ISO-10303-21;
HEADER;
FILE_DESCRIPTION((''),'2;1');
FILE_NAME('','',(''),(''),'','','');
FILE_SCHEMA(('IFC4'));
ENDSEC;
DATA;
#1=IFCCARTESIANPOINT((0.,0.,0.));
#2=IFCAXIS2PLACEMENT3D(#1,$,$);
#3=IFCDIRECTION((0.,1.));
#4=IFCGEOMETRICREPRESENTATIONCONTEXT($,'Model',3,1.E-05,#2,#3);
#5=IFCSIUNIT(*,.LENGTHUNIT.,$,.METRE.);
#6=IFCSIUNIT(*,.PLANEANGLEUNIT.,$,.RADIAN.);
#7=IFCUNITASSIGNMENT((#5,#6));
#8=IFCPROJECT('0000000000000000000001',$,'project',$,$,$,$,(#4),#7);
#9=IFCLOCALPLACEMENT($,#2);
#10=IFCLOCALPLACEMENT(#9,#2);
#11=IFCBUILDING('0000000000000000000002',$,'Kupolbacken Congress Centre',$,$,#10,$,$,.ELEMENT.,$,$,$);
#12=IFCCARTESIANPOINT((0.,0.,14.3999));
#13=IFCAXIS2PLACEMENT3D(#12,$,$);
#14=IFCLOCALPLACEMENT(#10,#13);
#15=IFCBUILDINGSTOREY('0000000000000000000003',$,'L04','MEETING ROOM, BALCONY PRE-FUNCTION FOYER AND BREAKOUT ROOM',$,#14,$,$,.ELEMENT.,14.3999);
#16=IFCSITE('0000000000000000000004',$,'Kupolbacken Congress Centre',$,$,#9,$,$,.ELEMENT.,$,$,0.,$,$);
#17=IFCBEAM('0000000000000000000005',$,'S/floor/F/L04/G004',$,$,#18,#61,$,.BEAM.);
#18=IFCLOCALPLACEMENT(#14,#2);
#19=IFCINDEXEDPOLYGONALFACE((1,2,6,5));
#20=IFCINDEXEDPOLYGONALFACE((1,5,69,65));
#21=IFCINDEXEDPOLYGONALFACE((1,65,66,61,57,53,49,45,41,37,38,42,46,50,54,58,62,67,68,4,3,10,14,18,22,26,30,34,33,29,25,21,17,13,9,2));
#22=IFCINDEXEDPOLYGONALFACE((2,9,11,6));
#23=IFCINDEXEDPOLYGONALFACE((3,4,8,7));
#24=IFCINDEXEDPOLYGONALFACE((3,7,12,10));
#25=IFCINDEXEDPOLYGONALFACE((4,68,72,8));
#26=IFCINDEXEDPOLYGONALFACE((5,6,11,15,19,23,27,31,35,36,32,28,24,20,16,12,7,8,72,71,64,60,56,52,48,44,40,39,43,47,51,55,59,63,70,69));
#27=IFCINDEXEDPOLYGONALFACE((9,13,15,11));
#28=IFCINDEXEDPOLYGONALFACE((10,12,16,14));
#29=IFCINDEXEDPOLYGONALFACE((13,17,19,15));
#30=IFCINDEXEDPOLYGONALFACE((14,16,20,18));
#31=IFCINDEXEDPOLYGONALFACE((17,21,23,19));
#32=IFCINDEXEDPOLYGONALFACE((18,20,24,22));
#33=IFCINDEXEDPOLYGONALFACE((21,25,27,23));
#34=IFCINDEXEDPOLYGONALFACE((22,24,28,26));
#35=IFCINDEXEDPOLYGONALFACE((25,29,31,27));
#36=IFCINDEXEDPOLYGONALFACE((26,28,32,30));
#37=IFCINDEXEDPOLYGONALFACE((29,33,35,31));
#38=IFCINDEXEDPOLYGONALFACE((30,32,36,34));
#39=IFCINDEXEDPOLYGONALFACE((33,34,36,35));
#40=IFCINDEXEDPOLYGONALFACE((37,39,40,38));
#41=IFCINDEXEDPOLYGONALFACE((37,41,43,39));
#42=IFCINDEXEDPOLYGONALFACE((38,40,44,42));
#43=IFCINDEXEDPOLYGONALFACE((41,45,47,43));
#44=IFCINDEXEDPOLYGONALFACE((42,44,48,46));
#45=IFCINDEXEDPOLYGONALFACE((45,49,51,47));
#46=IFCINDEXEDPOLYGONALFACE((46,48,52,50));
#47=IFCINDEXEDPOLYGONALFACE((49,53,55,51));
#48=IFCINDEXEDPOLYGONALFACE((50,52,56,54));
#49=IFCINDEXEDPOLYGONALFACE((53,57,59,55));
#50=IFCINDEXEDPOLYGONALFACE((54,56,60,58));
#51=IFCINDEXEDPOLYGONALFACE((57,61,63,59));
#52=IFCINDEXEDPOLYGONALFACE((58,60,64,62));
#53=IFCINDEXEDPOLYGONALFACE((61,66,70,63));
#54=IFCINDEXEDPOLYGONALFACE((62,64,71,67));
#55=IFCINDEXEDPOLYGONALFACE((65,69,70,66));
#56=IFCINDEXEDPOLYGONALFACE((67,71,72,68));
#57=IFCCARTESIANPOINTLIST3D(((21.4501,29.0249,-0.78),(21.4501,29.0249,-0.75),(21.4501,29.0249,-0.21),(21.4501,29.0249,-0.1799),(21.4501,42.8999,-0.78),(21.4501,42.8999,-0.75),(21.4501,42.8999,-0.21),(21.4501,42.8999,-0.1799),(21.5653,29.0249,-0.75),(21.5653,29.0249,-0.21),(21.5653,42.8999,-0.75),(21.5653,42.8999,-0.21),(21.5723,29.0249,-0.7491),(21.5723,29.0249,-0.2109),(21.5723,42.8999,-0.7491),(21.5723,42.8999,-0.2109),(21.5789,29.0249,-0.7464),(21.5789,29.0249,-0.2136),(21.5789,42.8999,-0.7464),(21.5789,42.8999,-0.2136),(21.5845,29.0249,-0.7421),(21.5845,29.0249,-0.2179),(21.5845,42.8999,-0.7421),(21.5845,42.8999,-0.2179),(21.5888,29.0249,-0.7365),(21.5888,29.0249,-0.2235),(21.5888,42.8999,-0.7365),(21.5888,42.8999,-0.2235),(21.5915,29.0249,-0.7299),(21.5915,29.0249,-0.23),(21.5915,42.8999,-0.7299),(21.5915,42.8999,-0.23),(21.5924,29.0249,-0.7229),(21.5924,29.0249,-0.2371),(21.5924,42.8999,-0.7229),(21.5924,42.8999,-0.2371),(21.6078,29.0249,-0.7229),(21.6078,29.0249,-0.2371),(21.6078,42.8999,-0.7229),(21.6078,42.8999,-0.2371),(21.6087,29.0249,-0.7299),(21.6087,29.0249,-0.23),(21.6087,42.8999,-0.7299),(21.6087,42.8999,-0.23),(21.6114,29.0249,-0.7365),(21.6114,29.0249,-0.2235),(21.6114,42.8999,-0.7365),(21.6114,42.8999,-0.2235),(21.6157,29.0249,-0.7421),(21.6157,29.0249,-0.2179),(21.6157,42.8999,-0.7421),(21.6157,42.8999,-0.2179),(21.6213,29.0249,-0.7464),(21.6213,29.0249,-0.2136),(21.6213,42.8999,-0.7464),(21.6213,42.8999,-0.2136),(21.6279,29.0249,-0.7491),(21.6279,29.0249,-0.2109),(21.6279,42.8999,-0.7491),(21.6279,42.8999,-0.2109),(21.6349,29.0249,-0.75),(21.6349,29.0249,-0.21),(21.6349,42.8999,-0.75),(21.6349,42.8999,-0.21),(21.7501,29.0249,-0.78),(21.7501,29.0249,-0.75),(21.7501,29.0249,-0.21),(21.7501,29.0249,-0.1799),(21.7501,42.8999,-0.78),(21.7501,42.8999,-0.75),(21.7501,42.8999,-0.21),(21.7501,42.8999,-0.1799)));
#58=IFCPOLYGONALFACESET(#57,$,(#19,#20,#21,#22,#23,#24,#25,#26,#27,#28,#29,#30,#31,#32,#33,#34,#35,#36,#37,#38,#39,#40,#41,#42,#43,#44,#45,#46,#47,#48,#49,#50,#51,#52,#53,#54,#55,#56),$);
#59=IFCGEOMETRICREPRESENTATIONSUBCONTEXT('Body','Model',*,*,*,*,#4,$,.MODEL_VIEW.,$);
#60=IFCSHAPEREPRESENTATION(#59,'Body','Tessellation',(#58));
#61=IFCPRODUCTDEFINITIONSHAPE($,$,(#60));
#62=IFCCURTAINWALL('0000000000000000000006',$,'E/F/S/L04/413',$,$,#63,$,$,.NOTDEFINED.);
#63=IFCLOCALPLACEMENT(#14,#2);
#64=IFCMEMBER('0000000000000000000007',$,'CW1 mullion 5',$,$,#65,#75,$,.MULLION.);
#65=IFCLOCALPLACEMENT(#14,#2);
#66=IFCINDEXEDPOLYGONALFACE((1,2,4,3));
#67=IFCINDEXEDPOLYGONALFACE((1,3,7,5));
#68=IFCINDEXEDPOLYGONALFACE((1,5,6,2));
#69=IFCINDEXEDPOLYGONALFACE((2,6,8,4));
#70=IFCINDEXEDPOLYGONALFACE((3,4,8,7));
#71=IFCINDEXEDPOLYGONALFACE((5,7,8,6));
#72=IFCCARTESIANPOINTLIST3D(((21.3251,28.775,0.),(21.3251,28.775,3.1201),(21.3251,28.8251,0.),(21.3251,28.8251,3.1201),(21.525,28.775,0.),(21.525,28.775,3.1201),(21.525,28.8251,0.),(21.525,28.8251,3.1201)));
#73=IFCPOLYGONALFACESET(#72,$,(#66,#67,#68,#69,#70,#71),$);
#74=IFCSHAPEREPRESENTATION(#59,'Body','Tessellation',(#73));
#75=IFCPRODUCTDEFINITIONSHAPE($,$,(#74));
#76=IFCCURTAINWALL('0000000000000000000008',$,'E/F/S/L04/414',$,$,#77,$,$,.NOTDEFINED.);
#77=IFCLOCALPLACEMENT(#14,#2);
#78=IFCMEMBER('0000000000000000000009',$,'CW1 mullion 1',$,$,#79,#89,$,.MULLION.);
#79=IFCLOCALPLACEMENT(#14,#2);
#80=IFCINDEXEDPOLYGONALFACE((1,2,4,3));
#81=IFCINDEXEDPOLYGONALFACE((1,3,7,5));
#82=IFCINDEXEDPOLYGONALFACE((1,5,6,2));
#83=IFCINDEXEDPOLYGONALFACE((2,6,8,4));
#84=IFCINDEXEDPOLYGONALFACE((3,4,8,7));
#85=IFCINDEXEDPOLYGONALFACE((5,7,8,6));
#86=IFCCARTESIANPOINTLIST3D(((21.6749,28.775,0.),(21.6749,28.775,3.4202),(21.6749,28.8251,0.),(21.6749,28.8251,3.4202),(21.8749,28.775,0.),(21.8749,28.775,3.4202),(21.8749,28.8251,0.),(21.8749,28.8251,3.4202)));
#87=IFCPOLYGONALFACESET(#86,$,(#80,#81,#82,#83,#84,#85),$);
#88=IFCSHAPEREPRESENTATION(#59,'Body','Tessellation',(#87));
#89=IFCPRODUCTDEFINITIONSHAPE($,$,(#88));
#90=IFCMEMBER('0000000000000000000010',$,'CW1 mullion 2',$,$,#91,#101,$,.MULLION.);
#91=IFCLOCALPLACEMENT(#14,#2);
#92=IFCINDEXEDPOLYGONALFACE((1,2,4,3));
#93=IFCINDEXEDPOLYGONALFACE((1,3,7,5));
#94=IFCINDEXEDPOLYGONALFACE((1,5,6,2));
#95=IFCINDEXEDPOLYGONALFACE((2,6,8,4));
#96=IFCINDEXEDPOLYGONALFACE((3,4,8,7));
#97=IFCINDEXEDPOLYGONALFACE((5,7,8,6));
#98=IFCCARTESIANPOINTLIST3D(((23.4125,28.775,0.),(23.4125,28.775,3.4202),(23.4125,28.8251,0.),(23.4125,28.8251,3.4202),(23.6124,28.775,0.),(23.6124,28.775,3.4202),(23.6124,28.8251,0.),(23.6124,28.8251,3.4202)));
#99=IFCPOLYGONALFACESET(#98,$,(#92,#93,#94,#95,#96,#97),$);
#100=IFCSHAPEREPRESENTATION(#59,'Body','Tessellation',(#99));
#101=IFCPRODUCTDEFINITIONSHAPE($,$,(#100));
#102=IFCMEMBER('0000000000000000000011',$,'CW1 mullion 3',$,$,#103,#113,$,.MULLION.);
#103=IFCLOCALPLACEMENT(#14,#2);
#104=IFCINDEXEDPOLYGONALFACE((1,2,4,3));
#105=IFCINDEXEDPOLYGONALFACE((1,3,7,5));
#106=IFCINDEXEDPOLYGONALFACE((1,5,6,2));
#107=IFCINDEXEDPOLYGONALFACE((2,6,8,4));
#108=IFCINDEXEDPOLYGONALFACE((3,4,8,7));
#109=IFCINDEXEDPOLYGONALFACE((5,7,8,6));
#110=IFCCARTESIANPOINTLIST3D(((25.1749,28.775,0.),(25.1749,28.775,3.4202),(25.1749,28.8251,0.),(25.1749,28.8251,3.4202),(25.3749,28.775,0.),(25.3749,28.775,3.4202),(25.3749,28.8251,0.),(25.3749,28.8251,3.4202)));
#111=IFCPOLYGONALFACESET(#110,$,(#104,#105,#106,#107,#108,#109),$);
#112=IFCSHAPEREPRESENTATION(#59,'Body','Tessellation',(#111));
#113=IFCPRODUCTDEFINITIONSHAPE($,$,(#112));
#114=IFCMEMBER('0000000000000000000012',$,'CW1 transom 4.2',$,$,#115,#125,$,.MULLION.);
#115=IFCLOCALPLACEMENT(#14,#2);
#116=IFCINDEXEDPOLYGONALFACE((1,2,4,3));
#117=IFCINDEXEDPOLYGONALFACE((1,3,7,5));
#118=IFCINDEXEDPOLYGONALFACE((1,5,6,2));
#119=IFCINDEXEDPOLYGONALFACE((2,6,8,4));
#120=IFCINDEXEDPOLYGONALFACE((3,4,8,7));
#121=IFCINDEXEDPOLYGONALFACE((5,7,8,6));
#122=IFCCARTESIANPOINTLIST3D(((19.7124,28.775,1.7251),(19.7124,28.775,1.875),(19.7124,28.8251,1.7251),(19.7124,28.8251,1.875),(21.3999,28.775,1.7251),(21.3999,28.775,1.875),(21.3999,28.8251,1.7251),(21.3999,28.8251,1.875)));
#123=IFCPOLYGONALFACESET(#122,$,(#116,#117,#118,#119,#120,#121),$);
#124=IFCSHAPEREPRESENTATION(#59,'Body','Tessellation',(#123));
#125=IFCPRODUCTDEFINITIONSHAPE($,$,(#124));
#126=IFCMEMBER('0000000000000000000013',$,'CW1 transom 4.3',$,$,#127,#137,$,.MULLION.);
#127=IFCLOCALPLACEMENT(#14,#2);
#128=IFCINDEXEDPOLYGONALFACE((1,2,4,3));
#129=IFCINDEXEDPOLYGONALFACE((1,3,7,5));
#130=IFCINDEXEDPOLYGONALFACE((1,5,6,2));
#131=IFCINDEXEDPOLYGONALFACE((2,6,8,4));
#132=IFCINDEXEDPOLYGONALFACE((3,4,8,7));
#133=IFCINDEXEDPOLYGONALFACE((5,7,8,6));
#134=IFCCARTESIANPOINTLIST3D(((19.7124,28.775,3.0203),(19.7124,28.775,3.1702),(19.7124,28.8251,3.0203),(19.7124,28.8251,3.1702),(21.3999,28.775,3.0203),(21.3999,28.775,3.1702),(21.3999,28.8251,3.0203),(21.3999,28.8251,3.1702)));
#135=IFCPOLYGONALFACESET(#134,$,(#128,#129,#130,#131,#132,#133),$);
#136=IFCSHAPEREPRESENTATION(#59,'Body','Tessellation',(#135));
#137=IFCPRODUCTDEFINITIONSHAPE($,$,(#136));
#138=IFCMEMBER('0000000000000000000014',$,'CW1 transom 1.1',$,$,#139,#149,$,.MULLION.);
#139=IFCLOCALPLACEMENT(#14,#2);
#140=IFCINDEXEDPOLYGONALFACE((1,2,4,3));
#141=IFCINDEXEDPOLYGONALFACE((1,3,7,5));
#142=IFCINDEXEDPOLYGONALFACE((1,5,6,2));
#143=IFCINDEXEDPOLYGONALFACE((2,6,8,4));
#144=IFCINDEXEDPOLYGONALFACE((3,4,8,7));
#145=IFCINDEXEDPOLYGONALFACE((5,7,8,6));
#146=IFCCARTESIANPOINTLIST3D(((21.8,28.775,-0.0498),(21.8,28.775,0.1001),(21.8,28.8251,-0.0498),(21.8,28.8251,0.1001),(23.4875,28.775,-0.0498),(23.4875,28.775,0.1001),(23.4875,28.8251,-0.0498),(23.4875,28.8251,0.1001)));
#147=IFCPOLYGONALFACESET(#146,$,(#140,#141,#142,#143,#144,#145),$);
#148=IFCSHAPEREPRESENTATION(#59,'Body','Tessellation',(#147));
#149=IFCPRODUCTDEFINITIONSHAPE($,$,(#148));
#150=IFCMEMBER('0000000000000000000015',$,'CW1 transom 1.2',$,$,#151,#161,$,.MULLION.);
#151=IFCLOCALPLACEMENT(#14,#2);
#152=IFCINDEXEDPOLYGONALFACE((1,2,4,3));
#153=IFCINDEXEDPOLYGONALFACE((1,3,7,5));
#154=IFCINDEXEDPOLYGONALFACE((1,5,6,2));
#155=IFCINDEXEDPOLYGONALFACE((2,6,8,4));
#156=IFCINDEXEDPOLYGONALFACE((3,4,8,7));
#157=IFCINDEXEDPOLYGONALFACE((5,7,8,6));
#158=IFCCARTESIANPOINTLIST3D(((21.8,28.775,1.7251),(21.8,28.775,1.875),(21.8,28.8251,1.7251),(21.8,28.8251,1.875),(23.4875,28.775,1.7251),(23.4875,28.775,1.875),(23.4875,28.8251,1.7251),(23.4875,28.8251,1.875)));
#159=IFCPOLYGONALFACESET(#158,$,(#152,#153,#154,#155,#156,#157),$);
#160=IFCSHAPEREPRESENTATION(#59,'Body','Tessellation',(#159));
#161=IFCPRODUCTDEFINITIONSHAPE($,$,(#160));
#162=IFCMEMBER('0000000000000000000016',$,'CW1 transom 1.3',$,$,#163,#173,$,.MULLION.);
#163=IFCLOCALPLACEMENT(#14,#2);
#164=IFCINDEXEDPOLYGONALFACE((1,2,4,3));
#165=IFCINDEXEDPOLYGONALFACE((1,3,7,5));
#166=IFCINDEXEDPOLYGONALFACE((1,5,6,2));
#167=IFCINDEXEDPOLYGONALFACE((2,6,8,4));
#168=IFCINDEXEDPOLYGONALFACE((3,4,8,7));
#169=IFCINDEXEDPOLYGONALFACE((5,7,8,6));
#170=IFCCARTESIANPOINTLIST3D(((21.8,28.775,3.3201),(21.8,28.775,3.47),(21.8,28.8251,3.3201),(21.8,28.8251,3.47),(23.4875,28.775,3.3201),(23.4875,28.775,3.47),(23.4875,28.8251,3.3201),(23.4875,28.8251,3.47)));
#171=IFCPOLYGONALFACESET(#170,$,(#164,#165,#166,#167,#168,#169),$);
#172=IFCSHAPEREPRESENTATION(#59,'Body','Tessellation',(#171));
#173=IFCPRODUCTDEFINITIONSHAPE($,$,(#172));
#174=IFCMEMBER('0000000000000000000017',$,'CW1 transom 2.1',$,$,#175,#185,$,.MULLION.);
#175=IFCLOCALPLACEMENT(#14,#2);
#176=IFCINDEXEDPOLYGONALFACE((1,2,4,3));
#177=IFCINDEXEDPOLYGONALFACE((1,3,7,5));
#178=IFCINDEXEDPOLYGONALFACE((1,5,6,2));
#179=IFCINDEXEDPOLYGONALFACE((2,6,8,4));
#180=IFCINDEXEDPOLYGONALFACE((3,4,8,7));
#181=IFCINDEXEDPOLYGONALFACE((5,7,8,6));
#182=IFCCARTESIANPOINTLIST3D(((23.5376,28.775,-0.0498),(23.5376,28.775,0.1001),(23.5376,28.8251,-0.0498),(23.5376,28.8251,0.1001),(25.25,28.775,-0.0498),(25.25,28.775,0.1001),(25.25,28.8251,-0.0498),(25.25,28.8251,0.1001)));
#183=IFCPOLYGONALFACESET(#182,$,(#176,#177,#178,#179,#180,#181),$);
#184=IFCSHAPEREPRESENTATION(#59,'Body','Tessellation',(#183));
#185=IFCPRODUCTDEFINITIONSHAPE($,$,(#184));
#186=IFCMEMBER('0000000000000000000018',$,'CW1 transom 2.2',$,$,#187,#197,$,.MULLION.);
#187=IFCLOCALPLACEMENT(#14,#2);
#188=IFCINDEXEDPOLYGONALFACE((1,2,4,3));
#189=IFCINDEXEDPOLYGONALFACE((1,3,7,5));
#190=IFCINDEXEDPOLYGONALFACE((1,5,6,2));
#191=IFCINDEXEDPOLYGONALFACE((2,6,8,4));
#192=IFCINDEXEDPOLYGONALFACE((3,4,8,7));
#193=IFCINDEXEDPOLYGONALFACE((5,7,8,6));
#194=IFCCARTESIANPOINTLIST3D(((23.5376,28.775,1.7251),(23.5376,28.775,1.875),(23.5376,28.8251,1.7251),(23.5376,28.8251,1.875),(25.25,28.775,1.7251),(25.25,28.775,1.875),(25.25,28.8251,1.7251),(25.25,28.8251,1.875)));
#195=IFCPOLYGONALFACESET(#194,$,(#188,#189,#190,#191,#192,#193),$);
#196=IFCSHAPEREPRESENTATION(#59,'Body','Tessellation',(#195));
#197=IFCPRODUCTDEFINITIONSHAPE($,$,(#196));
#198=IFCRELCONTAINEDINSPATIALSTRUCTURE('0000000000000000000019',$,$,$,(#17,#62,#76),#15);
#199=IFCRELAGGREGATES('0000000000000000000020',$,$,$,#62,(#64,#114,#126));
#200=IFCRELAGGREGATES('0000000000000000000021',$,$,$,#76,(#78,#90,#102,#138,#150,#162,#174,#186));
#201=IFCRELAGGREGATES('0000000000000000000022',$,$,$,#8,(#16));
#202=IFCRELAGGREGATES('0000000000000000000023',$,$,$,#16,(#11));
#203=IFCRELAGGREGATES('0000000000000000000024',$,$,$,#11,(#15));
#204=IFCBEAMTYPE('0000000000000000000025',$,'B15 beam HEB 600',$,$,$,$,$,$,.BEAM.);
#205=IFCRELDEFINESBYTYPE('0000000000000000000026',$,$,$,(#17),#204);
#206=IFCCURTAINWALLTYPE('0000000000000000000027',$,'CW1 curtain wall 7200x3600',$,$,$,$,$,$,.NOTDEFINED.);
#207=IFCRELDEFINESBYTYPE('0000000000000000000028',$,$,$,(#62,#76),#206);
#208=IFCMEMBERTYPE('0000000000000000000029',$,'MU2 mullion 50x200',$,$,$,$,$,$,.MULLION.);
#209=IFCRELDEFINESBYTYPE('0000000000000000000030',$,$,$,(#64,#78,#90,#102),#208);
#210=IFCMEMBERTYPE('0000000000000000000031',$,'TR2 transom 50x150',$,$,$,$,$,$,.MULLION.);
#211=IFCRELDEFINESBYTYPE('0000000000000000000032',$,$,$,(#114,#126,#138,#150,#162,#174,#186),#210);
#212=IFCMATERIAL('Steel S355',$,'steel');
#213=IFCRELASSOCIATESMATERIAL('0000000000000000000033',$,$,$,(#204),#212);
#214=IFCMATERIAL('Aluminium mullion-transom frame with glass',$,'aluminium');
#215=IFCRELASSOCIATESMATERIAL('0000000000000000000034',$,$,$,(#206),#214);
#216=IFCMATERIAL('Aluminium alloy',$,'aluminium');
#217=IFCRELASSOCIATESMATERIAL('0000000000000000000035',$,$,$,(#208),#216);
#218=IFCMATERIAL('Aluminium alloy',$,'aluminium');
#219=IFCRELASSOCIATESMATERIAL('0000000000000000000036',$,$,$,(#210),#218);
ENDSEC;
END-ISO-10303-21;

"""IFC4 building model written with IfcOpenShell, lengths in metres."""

from ifc_helpers import new_model, si_unit, direction, frame, origin, origin_2d, place, context, subcontext, project, spatial, rectangle, i_section, extrude, material, material_profile, profile_set, type_object, element, aggregate, save


model = new_model("IFC4")

# Units and contexts
model_context = context("Model", 3, precision=1e-05, world=origin(), true_north=direction((0.0, 1.0)))
body_context = subcontext(model_context, "Body", "Model", "MODEL_VIEW")
ifc_project = project(units=[si_unit("LENGTHUNIT", "METRE"), si_unit("PLANEANGLEUNIT", "RADIAN")], contexts=[model_context])

# Site, building, storey
site_placement = place(None, origin())
site = spatial("IfcSite", under=ifc_project, at=site_placement, Name="Kupolbacken Congress Centre", CompositionType="ELEMENT", RefElevation=0.0)
building_placement = place(site_placement, origin())
building = spatial("IfcBuilding", under=site, at=building_placement, Name="Kupolbacken Congress Centre", CompositionType="ELEMENT")
storey_placement = place(building_placement, frame((0.0, 0.0, 14.3999)))
storey = spatial("IfcBuildingStorey", under=building, at=storey_placement, Name="L04", Description="MEETING ROOM, BALCONY PRE-FUNCTION FOYER AND BREAKOUT ROOM", CompositionType="ELEMENT", Elevation=14.3999)

# Beam
ifc_material_1 = material(Name="Steel S355", Category="steel")
ifc_material_profile_1 = material_profile(ifc_material_1, i_section(OverallWidth=0.3, OverallDepth=0.6001, WebThickness=0.0154, FlangeThickness=0.03, FilletRadius=0.0271, at=origin_2d()), Name="HEB 600")
ifc_profile_set_1 = profile_set([ifc_material_profile_1], Name="Steel S355")
beam_type_1 = type_object("IfcBeamType", Name="B15 beam HEB 600", PredefinedType="BEAM", material=ifc_profile_set_1)
beam_1_placement = place(storey_placement, frame((21.6001, 29.0249, -0.48), z_axis=(0.0, 1.0, 0.0), x_axis=(-1.0, 0.0, 0.0)))
element("IfcBeam", 1, at=beam_1_placement, inside=storey, type_object=beam_type_1, Name="S/floor/F/L04/G004", PredefinedType="BEAM", context=body_context, shape_type="SweptSolid", body=[
    extrude(i_section(OverallWidth=0.3, OverallDepth=0.6001, WebThickness=0.0154, FlangeThickness=0.03, FilletRadius=0.0271, at=origin_2d()), origin(), (0.0, 0.0, 1.0), 13.875),
])

# Curtain wall, member
ifc_material_2 = material(Name="Aluminium mullion-transom frame with glass", Category="aluminium")
curtain_wall_type = type_object("IfcCurtainWallType", Name="CW1 curtain wall 7200x3600", PredefinedType="NOTDEFINED", material=ifc_material_2)
curtain_wall_1_placement = place(storey_placement, origin())
curtain_wall_1 = element("IfcCurtainWall", 2, at=curtain_wall_1_placement, inside=storey, type_object=curtain_wall_type, Name="E/F/S/L04/413", PredefinedType="NOTDEFINED")
ifc_material_3 = material(Name="Aluminium alloy", Category="aluminium")
ifc_material_profile_2 = material_profile(ifc_material_3, rectangle(XDim=0.05, YDim=0.2, at=origin_2d()), Name="50 x 200")
ifc_profile_set_2 = profile_set([ifc_material_profile_2], Name="Aluminium alloy")
member_type_1 = type_object("IfcMemberType", Name="MU2 mullion 50x200", PredefinedType="MULLION", material=ifc_profile_set_2)
member_1_placement = place(storey_placement, frame((21.425, 28.8, 0.0), z_axis=(0.0, 0.0, 1.0), x_axis=(0.0, 1.0, 0.0)))
member_1 = element("IfcMember", 3, at=member_1_placement, type_object=member_type_1, Name="CW1 mullion 5", PredefinedType="MULLION", context=body_context, shape_type="SweptSolid", body=[
    extrude(rectangle(XDim=0.05, YDim=0.2, at=origin_2d()), origin(), (0.0, 0.0, 1.0), 3.1201),
])

# Curtain wall, members
curtain_wall_2_placement = place(storey_placement, origin())
curtain_wall_2 = element("IfcCurtainWall", 4, at=curtain_wall_2_placement, inside=storey, type_object=curtain_wall_type, Name="E/F/S/L04/414", PredefinedType="NOTDEFINED")
member_2_placement = place(storey_placement, frame((21.7749, 28.8, 0.0), z_axis=(0.0, 0.0, 1.0), x_axis=(0.0, 1.0, 0.0)))
member_2 = element("IfcMember", 5, at=member_2_placement, type_object=member_type_1, Name="CW1 mullion 1", PredefinedType="MULLION", context=body_context, shape_type="SweptSolid", body=[
    extrude(rectangle(XDim=0.05, YDim=0.2, at=origin_2d()), origin(), (0.0, 0.0, 1.0), 3.4202),
])
member_3_placement = place(storey_placement, frame((23.5125, 28.8, 0.0), z_axis=(0.0, 0.0, 1.0), x_axis=(0.0, 1.0, 0.0)))
member_3 = element("IfcMember", 6, at=member_3_placement, type_object=member_type_1, Name="CW1 mullion 2", PredefinedType="MULLION", context=body_context, shape_type="SweptSolid", body=[
    extrude(rectangle(XDim=0.05, YDim=0.2, at=origin_2d()), origin(), (0.0, 0.0, 1.0), 3.4202),
])
member_4_placement = place(storey_placement, frame((25.2749, 28.8, 0.0), z_axis=(0.0, 0.0, 1.0), x_axis=(0.0, 1.0, 0.0)))
member_4 = element("IfcMember", 7, at=member_4_placement, type_object=member_type_1, Name="CW1 mullion 3", PredefinedType="MULLION", context=body_context, shape_type="SweptSolid", body=[
    extrude(rectangle(XDim=0.05, YDim=0.2, at=origin_2d()), origin(), (0.0, 0.0, 1.0), 3.4202),
])

# Members
ifc_material_4 = material(Name="Aluminium alloy", Category="aluminium")
ifc_material_profile_3 = material_profile(ifc_material_4, rectangle(XDim=0.05, YDim=0.1499, at=origin_2d()), Name="50 x 150")
ifc_profile_set_3 = profile_set([ifc_material_profile_3], Name="Aluminium alloy")
member_type_2 = type_object("IfcMemberType", Name="TR2 transom 50x150", PredefinedType="MULLION", material=ifc_profile_set_3)
member_5_placement = place(storey_placement, frame((19.7124, 28.8, 1.8), z_axis=(1.0, 0.0, 0.0), x_axis=(0.0, 1.0, 0.0)))
member_5 = element("IfcMember", 8, at=member_5_placement, type_object=member_type_2, Name="CW1 transom 4.2", PredefinedType="MULLION", context=body_context, shape_type="SweptSolid", body=[
    extrude(rectangle(XDim=0.05, YDim=0.1499, at=origin_2d()), origin(), (0.0, 0.0, 1.0), 1.6875),
])
member_6_placement = place(storey_placement, frame((19.7124, 28.8, 3.0952), z_axis=(1.0, 0.0, 0.0), x_axis=(0.0, 1.0, 0.0)))
member_6 = element("IfcMember", 9, at=member_6_placement, type_object=member_type_2, Name="CW1 transom 4.3", PredefinedType="MULLION", context=body_context, shape_type="SweptSolid", body=[
    extrude(rectangle(XDim=0.05, YDim=0.1499, at=origin_2d()), origin(), (0.0, 0.0, 1.0), 1.6875),
])
member_7_placement = place(storey_placement, frame((21.8, 28.8, 0.0251), z_axis=(1.0, 0.0, 0.0), x_axis=(0.0, 1.0, 0.0)))
member_7 = element("IfcMember", 10, at=member_7_placement, type_object=member_type_2, Name="CW1 transom 1.1", PredefinedType="MULLION", context=body_context, shape_type="SweptSolid", body=[
    extrude(rectangle(XDim=0.05, YDim=0.1499, at=origin_2d()), origin(), (0.0, 0.0, 1.0), 1.6875),
])
member_8_placement = place(storey_placement, frame((21.8, 28.8, 1.8), z_axis=(1.0, 0.0, 0.0), x_axis=(0.0, 1.0, 0.0)))
member_8 = element("IfcMember", 11, at=member_8_placement, type_object=member_type_2, Name="CW1 transom 1.2", PredefinedType="MULLION", context=body_context, shape_type="SweptSolid", body=[
    extrude(rectangle(XDim=0.05, YDim=0.1499, at=origin_2d()), origin(), (0.0, 0.0, 1.0), 1.6875),
])
member_9_placement = place(storey_placement, frame((21.8, 28.8, 3.395), z_axis=(1.0, 0.0, 0.0), x_axis=(0.0, 1.0, 0.0)))
member_9 = element("IfcMember", 12, at=member_9_placement, type_object=member_type_2, Name="CW1 transom 1.3", PredefinedType="MULLION", context=body_context, shape_type="SweptSolid", body=[
    extrude(rectangle(XDim=0.05, YDim=0.1499, at=origin_2d()), origin(), (0.0, 0.0, 1.0), 1.6875),
])
member_10_placement = place(storey_placement, frame((23.5376, 28.8, 0.0251), z_axis=(1.0, 0.0, 0.0), x_axis=(0.0, 1.0, 0.0)))
member_10 = element("IfcMember", 13, at=member_10_placement, type_object=member_type_2, Name="CW1 transom 2.1", PredefinedType="MULLION", context=body_context, shape_type="SweptSolid", body=[
    extrude(rectangle(XDim=0.05, YDim=0.1499, at=origin_2d()), origin(), (0.0, 0.0, 1.0), 1.7124),
])
member_11_placement = place(storey_placement, frame((23.5376, 28.8, 1.8), z_axis=(1.0, 0.0, 0.0), x_axis=(0.0, 1.0, 0.0)))
member_11 = element("IfcMember", 14, at=member_11_placement, type_object=member_type_2, Name="CW1 transom 2.2", PredefinedType="MULLION", context=body_context, shape_type="SweptSolid", body=[
    extrude(rectangle(XDim=0.05, YDim=0.1499, at=origin_2d()), origin(), (0.0, 0.0, 1.0), 1.7124),
])

aggregate(curtain_wall_1, [member_1, member_5, member_6])
aggregate(curtain_wall_2, [member_2, member_3, member_4, member_7, member_8, member_9, member_10, member_11])

save(model, "model.ifc")
